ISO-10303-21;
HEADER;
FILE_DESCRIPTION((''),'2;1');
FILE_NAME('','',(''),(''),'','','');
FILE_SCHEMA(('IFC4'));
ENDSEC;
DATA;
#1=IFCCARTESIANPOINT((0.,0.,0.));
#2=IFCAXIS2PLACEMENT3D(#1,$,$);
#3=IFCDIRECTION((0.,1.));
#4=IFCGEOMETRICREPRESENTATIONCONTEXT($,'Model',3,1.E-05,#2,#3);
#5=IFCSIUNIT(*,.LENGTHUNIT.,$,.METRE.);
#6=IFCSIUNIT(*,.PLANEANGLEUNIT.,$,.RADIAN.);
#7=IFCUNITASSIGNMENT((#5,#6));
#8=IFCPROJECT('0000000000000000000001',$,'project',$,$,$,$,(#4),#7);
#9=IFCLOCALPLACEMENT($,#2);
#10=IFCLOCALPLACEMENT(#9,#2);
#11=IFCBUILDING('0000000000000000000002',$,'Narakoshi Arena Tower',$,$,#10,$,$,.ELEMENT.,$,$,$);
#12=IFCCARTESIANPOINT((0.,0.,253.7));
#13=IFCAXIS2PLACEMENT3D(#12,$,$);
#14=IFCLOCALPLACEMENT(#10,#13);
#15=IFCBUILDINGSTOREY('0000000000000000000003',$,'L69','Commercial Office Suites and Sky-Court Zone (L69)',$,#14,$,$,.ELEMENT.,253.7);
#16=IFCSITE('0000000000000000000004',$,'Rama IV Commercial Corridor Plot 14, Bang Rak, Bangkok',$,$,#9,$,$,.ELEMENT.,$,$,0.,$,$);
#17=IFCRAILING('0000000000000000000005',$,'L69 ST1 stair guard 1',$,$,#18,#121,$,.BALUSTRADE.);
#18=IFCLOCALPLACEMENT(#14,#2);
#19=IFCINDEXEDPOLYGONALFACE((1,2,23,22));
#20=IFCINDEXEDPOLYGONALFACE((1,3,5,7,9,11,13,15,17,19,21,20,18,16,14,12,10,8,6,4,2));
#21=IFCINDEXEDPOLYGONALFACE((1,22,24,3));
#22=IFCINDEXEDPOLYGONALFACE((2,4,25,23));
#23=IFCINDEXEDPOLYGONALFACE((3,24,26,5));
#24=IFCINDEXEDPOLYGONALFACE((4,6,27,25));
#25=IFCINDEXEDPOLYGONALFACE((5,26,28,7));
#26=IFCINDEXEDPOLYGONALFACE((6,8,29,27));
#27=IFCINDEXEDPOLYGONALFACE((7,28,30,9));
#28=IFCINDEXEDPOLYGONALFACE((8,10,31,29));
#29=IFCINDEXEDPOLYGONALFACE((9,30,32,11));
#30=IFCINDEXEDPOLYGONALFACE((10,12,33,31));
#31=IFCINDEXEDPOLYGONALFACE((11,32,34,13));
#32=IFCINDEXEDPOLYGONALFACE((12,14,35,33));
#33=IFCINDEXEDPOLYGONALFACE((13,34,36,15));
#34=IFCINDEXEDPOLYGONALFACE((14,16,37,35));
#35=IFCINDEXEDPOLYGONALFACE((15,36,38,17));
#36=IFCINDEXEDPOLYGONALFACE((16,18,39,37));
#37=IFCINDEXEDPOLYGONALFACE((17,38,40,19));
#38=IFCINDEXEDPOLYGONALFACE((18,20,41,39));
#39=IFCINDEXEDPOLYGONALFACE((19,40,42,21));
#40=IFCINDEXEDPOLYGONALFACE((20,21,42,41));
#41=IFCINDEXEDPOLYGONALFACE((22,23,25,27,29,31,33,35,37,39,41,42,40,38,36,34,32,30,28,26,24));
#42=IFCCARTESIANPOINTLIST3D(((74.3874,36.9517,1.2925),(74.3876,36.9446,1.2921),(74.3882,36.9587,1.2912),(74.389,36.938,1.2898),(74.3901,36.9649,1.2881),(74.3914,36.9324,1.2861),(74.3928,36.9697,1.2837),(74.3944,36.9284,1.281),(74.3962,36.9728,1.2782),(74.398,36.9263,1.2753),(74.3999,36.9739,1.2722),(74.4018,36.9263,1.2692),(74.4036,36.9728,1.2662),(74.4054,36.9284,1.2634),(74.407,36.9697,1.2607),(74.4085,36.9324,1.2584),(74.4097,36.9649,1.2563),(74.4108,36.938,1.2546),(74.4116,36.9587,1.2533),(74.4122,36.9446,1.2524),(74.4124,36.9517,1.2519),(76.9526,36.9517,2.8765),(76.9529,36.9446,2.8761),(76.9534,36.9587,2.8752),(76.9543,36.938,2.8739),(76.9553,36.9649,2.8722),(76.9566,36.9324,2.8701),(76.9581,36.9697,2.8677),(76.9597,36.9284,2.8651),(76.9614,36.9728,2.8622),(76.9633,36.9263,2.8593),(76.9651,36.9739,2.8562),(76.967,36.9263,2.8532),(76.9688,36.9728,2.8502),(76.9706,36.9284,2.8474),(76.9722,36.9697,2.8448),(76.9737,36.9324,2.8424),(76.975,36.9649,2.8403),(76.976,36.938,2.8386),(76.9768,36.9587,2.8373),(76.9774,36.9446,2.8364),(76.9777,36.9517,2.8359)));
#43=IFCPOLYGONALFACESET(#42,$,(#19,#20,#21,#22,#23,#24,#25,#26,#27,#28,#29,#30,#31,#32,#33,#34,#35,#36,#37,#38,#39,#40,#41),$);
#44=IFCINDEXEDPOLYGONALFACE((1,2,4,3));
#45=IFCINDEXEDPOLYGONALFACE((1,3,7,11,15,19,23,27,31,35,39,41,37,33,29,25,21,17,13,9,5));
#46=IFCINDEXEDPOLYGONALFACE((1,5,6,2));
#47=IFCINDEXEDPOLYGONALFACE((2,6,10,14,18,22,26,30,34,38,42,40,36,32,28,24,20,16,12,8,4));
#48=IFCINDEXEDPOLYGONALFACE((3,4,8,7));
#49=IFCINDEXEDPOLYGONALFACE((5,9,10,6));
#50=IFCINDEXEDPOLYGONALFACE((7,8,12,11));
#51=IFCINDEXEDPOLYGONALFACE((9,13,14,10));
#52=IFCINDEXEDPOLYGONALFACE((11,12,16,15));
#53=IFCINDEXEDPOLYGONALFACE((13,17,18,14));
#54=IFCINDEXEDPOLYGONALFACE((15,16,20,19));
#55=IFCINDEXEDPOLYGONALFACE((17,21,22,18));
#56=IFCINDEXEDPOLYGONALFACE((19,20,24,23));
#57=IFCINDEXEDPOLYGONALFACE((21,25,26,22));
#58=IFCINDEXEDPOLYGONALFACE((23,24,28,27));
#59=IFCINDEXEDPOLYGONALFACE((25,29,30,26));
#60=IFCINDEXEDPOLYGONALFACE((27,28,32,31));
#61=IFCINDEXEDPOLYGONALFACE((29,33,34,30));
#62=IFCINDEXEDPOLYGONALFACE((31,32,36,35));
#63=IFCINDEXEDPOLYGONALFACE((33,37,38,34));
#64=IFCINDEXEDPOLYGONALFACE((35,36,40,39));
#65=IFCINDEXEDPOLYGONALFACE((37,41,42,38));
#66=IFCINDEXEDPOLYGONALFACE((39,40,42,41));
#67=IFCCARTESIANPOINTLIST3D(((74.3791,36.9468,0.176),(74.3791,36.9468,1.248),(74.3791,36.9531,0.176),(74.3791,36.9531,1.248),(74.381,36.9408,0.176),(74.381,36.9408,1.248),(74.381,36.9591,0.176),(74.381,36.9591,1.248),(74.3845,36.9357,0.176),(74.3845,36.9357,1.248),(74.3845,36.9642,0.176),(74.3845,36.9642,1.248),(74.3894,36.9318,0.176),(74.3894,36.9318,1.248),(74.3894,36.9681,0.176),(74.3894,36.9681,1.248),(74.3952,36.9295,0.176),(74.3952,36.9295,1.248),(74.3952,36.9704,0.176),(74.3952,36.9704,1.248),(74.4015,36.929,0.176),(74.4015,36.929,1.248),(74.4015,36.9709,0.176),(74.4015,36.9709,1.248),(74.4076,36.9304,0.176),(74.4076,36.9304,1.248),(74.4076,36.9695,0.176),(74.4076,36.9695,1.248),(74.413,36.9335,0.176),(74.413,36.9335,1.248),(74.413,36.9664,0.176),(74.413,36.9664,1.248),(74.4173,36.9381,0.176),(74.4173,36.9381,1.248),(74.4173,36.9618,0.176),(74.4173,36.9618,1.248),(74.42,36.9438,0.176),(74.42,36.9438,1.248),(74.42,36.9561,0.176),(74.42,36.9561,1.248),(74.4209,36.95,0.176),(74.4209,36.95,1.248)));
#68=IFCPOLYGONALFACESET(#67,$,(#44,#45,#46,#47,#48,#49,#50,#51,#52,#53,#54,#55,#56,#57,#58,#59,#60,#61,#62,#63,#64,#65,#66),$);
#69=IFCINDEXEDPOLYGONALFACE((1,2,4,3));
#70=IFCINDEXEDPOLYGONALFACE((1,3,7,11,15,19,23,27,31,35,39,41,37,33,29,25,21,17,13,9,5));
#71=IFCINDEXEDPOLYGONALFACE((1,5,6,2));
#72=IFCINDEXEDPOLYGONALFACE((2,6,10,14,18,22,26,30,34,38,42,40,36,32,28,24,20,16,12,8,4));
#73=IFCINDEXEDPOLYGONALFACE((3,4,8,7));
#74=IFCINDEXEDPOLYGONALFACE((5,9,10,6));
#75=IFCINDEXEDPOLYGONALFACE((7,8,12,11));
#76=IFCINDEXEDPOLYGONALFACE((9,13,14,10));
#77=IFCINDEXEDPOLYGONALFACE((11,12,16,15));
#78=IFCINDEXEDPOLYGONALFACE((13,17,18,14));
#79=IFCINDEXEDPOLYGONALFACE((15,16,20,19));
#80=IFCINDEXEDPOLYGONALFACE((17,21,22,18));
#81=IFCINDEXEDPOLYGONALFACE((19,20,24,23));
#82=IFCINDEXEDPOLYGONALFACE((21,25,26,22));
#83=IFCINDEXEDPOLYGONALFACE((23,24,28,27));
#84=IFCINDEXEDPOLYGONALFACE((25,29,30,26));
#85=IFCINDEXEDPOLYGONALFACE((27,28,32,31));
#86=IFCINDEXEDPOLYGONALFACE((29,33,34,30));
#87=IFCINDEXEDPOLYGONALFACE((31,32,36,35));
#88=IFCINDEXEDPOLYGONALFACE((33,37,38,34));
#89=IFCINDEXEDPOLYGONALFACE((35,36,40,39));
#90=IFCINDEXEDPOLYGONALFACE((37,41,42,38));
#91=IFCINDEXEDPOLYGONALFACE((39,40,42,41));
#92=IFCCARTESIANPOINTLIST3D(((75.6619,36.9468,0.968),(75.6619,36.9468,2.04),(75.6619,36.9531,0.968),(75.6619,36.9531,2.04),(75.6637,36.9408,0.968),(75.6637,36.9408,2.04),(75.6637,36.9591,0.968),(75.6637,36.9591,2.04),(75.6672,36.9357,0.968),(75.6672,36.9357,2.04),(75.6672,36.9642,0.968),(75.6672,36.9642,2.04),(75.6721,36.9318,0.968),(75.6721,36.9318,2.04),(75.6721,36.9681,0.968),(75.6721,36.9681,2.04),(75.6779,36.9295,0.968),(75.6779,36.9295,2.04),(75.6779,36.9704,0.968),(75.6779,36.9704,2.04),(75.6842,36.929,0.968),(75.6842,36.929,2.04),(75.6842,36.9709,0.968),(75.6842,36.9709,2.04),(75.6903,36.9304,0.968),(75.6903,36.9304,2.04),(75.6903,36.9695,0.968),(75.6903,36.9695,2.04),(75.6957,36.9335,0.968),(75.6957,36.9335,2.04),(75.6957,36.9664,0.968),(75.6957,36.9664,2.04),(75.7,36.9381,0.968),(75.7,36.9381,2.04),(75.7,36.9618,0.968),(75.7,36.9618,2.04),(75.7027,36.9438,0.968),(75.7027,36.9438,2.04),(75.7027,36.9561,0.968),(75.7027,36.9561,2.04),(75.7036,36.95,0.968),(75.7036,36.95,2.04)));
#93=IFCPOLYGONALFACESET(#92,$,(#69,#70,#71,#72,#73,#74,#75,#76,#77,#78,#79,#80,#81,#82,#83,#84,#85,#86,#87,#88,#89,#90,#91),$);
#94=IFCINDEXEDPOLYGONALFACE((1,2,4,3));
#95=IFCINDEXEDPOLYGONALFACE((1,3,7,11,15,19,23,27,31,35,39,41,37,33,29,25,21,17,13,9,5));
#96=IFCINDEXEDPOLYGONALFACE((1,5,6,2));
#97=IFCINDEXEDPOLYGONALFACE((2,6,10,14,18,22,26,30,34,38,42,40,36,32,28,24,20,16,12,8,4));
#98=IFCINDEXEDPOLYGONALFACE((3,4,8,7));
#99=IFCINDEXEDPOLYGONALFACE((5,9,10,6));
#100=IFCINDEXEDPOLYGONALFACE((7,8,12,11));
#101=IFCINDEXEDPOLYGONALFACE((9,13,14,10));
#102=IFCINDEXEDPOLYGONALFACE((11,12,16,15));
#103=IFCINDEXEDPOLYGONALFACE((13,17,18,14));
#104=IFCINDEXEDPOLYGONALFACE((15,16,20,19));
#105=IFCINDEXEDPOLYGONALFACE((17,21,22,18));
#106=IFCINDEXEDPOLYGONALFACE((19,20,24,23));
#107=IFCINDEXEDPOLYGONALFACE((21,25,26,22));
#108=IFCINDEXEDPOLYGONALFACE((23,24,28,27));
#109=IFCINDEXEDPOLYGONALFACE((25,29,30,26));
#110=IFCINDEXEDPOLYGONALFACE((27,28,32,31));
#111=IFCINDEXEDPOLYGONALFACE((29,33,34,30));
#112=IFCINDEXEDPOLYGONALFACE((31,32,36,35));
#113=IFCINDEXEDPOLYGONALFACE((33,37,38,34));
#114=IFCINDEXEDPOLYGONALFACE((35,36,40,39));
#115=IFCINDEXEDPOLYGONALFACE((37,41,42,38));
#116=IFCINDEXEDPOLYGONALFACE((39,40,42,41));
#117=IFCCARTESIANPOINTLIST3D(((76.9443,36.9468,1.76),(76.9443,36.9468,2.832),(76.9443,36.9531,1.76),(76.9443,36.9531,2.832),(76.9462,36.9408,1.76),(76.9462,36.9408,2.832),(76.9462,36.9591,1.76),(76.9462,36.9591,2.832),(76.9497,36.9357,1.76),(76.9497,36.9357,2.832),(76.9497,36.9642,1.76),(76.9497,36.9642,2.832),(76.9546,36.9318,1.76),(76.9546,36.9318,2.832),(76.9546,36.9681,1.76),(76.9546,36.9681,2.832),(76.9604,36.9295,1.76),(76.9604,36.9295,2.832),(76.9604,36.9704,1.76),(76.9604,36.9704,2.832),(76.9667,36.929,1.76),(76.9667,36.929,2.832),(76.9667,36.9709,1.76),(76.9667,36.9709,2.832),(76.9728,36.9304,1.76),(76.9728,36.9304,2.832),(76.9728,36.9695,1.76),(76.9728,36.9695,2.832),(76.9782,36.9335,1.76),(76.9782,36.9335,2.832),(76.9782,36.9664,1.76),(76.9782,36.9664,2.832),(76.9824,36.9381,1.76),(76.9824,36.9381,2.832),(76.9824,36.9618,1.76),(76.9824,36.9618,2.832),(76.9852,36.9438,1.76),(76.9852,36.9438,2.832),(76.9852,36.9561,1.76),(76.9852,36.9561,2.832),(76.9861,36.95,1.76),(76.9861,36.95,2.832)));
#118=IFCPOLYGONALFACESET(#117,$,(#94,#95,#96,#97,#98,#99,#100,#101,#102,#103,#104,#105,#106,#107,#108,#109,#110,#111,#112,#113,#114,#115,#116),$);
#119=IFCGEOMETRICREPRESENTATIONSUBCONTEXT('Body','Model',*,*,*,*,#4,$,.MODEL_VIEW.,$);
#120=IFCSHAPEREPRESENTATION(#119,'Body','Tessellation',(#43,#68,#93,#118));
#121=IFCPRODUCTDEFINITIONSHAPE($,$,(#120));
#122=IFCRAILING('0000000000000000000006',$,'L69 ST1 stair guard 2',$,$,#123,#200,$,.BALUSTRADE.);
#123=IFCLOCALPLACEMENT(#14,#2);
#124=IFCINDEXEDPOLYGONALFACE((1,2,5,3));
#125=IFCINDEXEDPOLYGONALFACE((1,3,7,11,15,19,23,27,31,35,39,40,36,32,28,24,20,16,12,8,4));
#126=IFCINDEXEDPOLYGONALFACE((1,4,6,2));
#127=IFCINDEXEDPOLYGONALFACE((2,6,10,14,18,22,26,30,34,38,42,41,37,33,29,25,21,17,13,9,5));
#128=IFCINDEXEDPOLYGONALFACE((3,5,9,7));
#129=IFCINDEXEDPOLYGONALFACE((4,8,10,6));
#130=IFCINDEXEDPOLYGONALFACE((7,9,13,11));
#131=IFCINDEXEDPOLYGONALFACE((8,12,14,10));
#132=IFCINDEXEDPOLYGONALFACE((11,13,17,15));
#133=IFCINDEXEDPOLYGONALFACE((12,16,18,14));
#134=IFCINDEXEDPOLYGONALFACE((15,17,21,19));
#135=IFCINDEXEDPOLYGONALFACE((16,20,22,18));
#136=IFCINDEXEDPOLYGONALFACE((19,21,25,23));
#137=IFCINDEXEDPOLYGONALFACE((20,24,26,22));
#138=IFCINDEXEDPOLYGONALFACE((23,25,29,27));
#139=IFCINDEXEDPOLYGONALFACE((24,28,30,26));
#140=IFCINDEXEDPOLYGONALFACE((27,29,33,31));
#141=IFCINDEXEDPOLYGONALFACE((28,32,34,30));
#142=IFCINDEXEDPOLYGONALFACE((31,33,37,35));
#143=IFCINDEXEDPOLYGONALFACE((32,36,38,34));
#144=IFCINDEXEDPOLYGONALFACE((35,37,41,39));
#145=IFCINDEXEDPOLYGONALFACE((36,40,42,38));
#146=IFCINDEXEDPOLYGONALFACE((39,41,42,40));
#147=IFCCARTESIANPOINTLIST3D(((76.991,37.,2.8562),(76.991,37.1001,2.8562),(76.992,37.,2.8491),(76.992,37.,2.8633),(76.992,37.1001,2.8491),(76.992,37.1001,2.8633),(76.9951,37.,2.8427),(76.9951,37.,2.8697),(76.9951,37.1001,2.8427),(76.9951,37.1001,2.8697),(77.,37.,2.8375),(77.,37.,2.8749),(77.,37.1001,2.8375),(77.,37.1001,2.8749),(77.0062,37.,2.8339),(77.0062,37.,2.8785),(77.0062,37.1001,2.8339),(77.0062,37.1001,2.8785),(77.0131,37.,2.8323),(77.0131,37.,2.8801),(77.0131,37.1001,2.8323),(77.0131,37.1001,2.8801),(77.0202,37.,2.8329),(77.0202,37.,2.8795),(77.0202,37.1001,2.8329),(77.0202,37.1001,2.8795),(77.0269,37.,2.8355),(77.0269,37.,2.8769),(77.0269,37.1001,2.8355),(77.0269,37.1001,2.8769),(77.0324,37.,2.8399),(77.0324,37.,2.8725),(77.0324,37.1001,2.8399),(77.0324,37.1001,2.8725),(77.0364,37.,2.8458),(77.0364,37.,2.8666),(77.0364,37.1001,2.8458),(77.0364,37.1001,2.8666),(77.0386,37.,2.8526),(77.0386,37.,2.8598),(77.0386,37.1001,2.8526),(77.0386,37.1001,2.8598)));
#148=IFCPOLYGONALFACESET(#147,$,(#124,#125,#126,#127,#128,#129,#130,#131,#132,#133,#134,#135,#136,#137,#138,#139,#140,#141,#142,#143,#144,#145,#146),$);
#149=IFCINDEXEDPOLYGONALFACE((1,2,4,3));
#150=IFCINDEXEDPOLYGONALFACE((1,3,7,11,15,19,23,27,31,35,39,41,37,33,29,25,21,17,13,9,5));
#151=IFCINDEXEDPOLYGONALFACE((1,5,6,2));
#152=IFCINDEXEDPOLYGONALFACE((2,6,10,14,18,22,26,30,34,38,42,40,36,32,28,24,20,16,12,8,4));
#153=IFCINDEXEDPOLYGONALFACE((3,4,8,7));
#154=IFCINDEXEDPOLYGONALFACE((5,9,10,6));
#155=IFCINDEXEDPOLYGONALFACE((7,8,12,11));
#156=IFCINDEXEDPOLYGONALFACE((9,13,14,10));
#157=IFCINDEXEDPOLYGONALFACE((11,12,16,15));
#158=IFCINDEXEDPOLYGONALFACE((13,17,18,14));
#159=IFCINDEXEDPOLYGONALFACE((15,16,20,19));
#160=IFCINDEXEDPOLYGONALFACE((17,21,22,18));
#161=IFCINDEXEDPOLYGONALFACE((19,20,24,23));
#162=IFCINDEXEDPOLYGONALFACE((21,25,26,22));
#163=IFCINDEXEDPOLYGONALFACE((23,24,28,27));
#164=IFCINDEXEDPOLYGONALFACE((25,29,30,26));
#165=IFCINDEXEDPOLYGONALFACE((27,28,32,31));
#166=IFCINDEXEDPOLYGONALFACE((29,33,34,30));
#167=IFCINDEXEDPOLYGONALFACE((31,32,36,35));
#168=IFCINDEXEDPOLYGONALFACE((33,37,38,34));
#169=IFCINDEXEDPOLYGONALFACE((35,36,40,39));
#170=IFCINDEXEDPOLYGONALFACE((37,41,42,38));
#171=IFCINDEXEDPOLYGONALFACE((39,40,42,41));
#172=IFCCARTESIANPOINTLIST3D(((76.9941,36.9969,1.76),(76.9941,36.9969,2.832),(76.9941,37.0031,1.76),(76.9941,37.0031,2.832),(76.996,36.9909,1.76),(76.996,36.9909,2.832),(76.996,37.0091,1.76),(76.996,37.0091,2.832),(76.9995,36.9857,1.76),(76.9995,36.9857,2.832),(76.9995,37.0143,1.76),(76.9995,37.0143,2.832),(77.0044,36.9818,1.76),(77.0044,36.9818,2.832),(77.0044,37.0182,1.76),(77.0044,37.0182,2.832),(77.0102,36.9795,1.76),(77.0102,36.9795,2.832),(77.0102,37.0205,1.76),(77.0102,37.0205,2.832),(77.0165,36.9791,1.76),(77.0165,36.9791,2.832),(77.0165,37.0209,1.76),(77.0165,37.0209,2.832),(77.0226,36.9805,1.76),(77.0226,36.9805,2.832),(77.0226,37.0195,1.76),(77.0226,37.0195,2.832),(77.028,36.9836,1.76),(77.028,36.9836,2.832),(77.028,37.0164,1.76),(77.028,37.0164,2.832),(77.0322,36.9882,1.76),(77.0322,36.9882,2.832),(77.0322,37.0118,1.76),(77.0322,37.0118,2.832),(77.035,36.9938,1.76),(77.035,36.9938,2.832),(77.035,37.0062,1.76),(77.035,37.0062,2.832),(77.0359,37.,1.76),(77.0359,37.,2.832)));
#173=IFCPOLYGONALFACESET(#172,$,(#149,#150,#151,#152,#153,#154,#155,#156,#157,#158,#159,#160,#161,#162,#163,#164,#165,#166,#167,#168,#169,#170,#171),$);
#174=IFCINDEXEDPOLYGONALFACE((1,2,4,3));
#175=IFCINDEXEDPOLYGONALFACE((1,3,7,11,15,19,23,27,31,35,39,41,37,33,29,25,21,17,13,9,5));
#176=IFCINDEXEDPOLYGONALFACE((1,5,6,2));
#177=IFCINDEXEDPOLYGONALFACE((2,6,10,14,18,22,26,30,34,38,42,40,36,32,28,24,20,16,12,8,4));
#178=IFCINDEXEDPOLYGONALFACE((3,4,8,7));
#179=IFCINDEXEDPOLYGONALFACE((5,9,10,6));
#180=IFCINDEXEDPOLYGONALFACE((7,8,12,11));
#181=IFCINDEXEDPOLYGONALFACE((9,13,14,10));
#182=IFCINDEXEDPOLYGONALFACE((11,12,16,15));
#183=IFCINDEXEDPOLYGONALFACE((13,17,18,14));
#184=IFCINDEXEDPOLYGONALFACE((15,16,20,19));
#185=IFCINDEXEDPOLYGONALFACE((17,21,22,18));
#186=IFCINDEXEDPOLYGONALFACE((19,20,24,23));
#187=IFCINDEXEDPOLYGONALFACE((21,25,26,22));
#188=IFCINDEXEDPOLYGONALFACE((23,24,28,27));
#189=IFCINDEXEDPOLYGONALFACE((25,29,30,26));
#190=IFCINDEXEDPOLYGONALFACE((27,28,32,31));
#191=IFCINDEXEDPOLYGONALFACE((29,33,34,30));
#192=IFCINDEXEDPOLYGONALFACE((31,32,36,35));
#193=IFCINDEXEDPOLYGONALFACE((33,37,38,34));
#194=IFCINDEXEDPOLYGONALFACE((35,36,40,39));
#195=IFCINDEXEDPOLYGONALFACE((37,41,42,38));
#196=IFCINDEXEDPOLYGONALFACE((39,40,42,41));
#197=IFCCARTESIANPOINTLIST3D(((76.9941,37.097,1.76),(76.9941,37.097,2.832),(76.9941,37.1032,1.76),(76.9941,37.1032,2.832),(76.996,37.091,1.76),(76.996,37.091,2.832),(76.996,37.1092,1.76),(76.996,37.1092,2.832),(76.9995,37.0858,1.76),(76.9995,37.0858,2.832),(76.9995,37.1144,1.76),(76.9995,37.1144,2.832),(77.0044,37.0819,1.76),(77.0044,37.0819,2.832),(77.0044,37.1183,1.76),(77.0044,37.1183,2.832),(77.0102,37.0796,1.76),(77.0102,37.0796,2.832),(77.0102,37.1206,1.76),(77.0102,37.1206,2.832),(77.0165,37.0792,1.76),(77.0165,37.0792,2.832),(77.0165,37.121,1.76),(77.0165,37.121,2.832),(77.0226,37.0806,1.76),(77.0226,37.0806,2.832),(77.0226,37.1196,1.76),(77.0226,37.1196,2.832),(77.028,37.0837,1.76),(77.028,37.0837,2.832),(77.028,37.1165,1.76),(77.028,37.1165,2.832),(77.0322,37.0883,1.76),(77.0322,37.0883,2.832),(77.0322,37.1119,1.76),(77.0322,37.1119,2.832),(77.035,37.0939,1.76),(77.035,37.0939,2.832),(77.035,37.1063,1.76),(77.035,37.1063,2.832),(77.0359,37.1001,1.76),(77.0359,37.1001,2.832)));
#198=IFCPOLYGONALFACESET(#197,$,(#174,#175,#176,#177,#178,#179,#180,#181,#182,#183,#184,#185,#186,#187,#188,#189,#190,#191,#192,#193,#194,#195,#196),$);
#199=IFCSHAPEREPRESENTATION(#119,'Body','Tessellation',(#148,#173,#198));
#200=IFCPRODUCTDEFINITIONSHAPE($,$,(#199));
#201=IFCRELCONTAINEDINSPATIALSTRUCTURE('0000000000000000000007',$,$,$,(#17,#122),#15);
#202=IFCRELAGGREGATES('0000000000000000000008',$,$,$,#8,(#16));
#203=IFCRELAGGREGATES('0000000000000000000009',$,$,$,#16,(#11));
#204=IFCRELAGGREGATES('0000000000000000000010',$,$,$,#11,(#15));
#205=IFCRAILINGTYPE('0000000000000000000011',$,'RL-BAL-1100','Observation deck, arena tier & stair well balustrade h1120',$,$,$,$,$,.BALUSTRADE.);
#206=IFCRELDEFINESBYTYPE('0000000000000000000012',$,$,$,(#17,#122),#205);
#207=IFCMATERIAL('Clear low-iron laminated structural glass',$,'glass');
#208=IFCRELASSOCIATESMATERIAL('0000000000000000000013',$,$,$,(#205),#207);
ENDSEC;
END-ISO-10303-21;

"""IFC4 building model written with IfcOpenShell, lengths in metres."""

from ifc_helpers import new_model, si_unit, direction, frame, origin, origin_2d, place, context, subcontext, project, spatial, circle, extrude, material, type_object, element, save


model = new_model("IFC4")

# Units and contexts
model_context = context("Model", 3, precision=1e-05, world=origin(), true_north=direction((0.0, 1.0)))
body_context = subcontext(model_context, "Body", "Model", "MODEL_VIEW")
ifc_project = project(units=[si_unit("LENGTHUNIT", "METRE"), si_unit("PLANEANGLEUNIT", "RADIAN")], contexts=[model_context])

# Site, building, storey
site_placement = place(None, origin())
site = spatial("IfcSite", under=ifc_project, at=site_placement, Name="Rama IV Commercial Corridor Plot 14, Bang Rak, Bangkok", CompositionType="ELEMENT", RefElevation=0.0)
building_placement = place(site_placement, origin())
building = spatial("IfcBuilding", under=site, at=building_placement, Name="Narakoshi Arena Tower", CompositionType="ELEMENT")
storey_placement = place(building_placement, frame((0.0, 0.0, 253.7)))
storey = spatial("IfcBuildingStorey", under=building, at=storey_placement, Name="L69", Description="Commercial Office Suites and Sky-Court Zone (L69)", CompositionType="ELEMENT", Elevation=253.7)

# Railings
ifc_material_1 = material(Name="Clear low-iron laminated structural glass", Category="glass")
railing_type_1 = type_object("IfcRailingType", Name="RL-BAL-1100", Description="Observation deck, arena tier & stair well balustrade h1120", PredefinedType="BALUSTRADE", material=ifc_material_1)
railing_1_placement = place(storey_placement, frame((74.3999, 36.95, 0.176)))
element("IfcRailing", 1, at=railing_1_placement, inside=storey, type_object=railing_type_1, Name="L69 ST1 stair guard 1", PredefinedType="BALUSTRADE", context=body_context, shape_type="SweptSolid", body=[
    extrude(circle(Radius=0.0239, at=origin_2d()), frame((0.0, 0.0, 1.0962), z_axis=(0.850857, 0.0, 0.525398), x_axis=(0.0, 1.0, 0.0)), (0.0, 0.0, 1.0), 3.0149),
    extrude(circle(Radius=0.021, at=origin_2d()), origin(), (0.0, 0.0, 1.0), 1.072),
    extrude(circle(Radius=0.021, at=origin_2d()), frame((1.2827, 0.0, 0.792)), (0.0, 0.0, 1.0), 1.072),
    extrude(circle(Radius=0.021, at=origin_2d()), frame((2.5652, 0.0, 1.584)), (0.0, 0.0, 1.0), 1.072),
])
railing_2_placement = place(storey_placement, frame((77.0149, 37.0, 1.76)))
element("IfcRailing", 2, at=railing_2_placement, inside=storey, type_object=railing_type_1, Name="L69 ST1 stair guard 2", PredefinedType="BALUSTRADE", context=body_context, shape_type="SweptSolid", body=[
    extrude(circle(Radius=0.0239, at=origin_2d()), frame((0.0, 0.0, 1.0962), z_axis=(0.0, 1.0, 0.0), x_axis=(-1.0, 0.0, 0.0)), (0.0, 0.0, 1.0), 0.1001),
    extrude(circle(Radius=0.021, at=origin_2d()), origin(), (0.0, 0.0, 1.0), 1.072),
    extrude(circle(Radius=0.021, at=origin_2d()), frame((0.0, 0.1001, 0.0)), (0.0, 0.0, 1.0), 1.072),
])

save(model, "model.ifc")
